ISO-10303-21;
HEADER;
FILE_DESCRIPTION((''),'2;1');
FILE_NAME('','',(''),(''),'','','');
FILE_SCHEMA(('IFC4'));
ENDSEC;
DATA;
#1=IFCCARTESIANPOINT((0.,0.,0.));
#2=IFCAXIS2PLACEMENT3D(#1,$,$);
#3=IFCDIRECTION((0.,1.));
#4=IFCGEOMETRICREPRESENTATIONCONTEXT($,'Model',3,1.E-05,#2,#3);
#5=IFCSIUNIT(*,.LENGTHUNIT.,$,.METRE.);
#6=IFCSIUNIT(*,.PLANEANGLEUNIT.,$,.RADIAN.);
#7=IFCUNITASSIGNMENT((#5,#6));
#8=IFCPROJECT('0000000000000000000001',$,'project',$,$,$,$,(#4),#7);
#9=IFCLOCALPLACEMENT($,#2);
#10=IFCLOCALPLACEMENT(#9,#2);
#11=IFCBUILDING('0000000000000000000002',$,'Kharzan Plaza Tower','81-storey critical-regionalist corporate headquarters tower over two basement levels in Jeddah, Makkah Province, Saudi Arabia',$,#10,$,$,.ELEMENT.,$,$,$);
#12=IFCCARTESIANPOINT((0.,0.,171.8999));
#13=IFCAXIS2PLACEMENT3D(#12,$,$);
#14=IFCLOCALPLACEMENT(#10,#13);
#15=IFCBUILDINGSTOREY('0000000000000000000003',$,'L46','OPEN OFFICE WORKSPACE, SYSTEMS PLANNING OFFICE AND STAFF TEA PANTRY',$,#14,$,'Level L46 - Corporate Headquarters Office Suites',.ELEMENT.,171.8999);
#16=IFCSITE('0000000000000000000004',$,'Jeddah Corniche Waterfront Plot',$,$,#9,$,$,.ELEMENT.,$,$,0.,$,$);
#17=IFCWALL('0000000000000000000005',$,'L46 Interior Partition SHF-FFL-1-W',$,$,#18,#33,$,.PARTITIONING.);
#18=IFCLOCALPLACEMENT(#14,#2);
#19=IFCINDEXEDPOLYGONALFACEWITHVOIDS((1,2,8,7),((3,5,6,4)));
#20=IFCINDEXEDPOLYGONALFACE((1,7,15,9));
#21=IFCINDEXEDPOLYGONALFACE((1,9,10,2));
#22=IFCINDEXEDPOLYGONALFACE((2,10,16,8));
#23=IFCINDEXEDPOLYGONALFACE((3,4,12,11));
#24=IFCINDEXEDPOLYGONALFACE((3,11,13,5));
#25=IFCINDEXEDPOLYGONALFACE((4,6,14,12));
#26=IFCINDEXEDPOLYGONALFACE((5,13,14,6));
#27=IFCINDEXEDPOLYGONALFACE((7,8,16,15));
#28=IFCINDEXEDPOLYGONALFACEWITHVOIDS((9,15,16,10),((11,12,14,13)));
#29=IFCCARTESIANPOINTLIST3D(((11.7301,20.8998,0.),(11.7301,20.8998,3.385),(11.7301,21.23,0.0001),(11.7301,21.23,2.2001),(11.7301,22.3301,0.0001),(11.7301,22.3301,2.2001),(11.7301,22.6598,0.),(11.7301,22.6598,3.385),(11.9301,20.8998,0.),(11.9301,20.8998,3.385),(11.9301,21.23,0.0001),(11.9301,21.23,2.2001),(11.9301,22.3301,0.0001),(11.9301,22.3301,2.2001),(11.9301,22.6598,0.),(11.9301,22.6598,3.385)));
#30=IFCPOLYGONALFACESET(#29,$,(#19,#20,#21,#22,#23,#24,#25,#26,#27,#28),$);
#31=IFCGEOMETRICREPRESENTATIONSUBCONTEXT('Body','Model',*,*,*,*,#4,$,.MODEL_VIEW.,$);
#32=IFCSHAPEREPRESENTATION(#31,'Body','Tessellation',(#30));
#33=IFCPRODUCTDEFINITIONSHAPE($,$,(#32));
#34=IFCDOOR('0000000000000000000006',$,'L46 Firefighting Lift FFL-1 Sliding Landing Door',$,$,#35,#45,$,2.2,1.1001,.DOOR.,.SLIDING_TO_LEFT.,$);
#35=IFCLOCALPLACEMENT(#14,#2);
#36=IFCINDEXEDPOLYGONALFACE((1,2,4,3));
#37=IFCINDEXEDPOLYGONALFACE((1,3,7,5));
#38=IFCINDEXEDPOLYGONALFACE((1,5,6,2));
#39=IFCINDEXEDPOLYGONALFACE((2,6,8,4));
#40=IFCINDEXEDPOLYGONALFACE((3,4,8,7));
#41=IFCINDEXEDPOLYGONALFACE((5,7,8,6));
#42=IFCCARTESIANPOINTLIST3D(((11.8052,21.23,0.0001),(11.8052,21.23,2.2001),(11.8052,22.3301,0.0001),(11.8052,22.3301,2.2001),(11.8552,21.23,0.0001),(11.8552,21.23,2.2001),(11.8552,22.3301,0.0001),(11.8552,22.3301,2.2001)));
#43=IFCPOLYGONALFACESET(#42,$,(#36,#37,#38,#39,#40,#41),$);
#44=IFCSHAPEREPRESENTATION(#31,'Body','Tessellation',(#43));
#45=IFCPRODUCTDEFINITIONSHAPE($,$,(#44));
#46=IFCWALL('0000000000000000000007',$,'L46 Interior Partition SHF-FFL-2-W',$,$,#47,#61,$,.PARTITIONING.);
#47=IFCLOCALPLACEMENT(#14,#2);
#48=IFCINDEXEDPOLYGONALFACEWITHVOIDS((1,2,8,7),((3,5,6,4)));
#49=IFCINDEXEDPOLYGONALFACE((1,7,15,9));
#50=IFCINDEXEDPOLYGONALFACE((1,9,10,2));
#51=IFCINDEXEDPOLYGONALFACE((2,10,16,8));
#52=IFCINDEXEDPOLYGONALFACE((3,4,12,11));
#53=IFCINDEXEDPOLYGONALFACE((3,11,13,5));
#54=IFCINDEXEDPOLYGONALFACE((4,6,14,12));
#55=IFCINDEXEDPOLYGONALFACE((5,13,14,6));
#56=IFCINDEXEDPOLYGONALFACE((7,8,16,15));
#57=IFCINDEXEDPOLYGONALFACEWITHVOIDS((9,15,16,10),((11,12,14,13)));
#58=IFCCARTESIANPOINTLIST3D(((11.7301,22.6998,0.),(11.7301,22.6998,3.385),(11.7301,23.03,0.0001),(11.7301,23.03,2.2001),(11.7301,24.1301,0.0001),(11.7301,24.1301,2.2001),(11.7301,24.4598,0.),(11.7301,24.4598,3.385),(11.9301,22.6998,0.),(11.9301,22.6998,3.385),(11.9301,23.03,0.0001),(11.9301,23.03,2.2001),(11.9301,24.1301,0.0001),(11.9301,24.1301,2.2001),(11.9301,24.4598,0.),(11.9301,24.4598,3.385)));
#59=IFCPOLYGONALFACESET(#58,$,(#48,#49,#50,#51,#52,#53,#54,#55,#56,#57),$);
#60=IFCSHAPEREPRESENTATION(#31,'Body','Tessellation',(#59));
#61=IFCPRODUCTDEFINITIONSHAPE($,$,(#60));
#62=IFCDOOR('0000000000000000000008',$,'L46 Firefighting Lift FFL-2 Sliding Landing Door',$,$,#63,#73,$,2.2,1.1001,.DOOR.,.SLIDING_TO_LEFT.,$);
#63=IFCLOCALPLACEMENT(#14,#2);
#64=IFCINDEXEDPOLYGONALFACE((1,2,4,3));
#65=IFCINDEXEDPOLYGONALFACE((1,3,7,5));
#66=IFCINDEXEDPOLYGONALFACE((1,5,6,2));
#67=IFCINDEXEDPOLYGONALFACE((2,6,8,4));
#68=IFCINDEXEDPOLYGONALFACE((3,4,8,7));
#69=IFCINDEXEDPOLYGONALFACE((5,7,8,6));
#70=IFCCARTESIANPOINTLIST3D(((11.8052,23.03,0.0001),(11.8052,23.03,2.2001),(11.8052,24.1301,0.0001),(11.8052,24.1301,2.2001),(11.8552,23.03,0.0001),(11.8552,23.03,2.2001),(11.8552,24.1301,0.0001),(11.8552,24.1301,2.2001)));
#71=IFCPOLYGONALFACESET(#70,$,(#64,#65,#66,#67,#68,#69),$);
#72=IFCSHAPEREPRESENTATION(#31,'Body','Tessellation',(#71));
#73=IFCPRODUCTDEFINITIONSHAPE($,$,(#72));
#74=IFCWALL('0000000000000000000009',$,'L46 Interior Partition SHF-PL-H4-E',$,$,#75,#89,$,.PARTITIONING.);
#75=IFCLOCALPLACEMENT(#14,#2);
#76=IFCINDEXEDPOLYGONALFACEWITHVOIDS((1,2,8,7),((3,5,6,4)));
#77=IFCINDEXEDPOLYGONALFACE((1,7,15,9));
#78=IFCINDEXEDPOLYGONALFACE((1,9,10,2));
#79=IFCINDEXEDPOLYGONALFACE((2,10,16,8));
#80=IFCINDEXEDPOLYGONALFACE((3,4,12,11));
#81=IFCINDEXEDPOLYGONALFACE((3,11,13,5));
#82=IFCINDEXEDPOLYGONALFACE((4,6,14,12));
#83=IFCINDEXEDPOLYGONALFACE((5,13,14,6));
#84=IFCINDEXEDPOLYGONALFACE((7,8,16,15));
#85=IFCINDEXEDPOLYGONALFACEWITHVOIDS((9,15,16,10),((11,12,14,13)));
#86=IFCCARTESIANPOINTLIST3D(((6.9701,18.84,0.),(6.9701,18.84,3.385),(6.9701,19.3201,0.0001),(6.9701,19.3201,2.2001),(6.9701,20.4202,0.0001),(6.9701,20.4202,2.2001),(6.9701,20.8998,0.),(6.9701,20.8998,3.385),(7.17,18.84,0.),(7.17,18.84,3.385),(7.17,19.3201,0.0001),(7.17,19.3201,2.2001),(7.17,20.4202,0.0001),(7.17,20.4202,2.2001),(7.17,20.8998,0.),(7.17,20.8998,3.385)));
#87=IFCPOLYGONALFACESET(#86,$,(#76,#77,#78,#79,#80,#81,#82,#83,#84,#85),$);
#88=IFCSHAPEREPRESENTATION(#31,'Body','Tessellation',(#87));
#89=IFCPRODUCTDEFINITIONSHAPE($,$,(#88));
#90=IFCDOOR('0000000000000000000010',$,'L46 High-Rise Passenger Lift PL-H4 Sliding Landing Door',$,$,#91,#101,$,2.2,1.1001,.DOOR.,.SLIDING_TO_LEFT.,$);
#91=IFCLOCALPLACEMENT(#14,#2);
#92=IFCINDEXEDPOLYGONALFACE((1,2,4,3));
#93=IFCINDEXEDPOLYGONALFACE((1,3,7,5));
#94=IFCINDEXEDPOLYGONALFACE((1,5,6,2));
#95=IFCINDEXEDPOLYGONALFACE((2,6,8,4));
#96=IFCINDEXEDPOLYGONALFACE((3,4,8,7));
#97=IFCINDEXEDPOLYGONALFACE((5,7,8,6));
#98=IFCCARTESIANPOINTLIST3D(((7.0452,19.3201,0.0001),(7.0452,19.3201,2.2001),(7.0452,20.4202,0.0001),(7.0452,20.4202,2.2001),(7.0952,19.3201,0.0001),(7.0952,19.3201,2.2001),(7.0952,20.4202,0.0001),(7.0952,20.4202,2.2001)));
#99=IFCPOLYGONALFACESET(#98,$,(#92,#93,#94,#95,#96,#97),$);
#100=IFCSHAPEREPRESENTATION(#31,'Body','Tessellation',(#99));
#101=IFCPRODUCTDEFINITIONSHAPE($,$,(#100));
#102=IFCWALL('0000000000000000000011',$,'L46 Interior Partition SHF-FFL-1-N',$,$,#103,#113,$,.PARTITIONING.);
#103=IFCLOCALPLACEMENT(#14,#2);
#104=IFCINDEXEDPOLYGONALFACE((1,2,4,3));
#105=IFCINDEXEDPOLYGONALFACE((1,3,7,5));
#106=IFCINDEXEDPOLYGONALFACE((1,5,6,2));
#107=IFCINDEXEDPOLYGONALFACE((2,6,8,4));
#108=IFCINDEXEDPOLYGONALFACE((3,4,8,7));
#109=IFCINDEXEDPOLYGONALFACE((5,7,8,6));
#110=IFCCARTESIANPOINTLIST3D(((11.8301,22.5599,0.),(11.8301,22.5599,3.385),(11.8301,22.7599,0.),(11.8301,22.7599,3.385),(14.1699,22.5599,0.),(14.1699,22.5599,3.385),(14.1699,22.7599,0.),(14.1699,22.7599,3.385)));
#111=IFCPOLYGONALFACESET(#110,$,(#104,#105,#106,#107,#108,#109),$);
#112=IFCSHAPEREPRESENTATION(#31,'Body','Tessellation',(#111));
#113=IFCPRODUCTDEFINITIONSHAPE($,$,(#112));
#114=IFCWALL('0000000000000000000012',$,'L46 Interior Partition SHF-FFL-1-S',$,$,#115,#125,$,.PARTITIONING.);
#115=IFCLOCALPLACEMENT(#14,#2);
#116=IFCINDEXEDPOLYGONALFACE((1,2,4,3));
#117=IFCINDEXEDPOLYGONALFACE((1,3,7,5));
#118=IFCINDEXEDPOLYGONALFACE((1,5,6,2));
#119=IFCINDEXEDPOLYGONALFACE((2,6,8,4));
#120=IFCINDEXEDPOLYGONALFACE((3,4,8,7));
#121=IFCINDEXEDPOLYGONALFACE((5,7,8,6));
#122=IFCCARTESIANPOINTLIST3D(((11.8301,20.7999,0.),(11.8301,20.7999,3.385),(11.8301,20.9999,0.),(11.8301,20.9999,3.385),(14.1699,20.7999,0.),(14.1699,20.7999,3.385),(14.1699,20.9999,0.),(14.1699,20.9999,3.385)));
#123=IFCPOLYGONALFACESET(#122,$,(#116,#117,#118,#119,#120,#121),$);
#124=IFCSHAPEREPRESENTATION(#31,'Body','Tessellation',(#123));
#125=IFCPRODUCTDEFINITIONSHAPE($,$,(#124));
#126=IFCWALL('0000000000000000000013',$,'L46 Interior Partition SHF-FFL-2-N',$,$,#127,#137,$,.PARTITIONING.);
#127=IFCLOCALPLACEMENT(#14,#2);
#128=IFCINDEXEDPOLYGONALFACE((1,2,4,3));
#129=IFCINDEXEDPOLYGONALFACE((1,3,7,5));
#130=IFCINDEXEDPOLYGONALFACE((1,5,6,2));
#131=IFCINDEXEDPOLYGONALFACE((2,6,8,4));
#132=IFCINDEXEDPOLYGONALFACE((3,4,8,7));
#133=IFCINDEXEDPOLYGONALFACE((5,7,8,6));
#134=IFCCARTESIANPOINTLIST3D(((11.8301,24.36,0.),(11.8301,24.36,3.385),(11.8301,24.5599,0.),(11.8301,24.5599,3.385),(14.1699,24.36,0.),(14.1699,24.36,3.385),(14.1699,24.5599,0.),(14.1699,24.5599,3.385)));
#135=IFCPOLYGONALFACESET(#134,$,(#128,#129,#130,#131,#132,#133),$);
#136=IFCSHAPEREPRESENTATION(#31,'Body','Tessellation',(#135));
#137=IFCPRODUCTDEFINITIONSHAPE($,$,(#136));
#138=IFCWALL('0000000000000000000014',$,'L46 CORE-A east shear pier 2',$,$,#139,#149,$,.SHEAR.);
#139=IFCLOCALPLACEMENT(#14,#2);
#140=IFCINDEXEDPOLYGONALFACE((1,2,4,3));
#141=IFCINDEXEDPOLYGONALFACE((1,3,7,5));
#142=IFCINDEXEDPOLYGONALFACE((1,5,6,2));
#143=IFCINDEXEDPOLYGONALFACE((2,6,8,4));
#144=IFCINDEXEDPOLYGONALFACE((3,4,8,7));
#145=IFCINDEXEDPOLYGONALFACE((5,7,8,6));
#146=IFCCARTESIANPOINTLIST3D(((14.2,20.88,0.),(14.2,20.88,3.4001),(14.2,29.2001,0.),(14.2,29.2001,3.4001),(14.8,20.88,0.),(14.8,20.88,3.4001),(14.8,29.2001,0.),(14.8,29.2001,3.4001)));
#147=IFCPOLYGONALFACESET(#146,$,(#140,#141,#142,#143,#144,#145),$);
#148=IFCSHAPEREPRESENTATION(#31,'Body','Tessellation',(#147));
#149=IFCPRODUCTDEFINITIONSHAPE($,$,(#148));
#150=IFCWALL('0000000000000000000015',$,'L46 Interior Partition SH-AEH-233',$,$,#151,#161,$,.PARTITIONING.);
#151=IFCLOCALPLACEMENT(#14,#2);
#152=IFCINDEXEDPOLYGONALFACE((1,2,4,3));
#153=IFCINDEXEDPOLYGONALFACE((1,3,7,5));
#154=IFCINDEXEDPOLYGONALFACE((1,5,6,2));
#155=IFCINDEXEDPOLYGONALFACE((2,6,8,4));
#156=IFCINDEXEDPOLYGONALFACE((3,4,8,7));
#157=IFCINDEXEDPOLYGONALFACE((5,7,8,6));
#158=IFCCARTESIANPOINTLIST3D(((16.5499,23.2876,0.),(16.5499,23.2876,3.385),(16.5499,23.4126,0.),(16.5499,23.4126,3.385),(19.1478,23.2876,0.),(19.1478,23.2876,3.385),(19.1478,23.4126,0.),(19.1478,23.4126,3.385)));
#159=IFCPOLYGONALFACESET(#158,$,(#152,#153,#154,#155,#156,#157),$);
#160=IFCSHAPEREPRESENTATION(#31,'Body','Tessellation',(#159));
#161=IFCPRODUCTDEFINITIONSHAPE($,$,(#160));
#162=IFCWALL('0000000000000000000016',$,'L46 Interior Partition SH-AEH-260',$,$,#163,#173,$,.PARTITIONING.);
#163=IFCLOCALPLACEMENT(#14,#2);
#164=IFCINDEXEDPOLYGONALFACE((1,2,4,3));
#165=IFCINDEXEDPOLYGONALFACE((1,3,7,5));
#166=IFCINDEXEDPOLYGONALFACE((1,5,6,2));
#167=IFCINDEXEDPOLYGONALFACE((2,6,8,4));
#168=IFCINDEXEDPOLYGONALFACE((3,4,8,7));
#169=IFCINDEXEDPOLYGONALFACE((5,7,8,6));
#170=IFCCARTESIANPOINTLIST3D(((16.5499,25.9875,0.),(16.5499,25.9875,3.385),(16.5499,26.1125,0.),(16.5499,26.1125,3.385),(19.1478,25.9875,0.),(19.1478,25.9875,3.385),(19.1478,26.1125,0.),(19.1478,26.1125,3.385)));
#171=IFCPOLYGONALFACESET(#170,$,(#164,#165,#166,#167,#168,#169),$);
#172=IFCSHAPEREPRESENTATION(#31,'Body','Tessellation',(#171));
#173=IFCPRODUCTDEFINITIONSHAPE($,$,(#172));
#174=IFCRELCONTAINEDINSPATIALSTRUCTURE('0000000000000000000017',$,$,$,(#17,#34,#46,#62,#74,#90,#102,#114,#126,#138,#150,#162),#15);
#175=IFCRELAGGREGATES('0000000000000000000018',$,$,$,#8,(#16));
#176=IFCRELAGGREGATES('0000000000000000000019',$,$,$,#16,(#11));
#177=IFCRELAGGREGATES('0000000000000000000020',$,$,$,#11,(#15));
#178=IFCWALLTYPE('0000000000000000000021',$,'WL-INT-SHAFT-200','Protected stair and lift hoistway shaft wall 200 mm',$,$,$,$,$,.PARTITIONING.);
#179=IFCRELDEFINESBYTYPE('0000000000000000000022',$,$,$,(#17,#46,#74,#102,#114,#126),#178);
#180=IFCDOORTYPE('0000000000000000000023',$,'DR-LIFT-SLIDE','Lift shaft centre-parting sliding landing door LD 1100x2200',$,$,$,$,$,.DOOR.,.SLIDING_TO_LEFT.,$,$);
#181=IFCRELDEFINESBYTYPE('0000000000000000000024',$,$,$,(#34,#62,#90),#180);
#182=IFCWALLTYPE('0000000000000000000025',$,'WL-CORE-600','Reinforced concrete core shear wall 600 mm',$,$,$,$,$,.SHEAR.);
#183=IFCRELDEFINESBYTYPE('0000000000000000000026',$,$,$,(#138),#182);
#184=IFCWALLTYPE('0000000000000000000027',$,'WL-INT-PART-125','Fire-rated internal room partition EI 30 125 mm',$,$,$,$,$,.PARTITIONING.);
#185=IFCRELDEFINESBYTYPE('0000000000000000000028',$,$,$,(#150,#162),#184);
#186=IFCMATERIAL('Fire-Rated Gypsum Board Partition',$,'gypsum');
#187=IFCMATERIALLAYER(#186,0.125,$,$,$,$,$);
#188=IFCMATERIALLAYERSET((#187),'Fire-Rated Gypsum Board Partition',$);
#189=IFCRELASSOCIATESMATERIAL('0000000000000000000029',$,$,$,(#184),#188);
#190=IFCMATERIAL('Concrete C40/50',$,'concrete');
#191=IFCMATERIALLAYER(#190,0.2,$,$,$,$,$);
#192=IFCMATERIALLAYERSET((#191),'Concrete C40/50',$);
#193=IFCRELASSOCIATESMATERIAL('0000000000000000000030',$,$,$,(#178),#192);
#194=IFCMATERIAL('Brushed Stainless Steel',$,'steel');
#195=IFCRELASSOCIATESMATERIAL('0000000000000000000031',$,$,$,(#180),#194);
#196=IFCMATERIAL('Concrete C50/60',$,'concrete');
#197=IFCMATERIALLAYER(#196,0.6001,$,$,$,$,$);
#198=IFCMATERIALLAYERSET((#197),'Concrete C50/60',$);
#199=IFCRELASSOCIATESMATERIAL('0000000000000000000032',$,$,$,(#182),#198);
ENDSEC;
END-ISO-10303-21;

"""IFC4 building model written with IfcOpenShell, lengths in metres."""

from ifc_helpers import new_model, si_unit, direction, frame, frame_2d, origin, place, context, subcontext, project, spatial, rectangle, extrude, source, transform, mapped, material, layer, layer_set, type_object, element, fill, save


model = new_model("IFC4")

# Units and contexts
model_context = context("Model", 3, precision=1e-05, world=origin(), true_north=direction((0.0, 1.0)))
body_context = subcontext(model_context, "Body", "Model", "MODEL_VIEW")
ifc_project = project(units=[si_unit("LENGTHUNIT", "METRE"), si_unit("PLANEANGLEUNIT", "RADIAN")], contexts=[model_context])

# Site, building, storey
site_placement = place(None, origin())
site = spatial("IfcSite", under=ifc_project, at=site_placement, Name="Jeddah Corniche Waterfront Plot", CompositionType="ELEMENT", RefElevation=0.0)
building_placement = place(site_placement, origin())
building = spatial("IfcBuilding", under=site, at=building_placement, Name="Kharzan Plaza Tower", Description="81-storey critical-regionalist corporate headquarters tower over two basement levels in Jeddah, Makkah Province, Saudi Arabia", CompositionType="ELEMENT")
storey_placement = place(building_placement, frame((0.0, 0.0, 171.8999)))
storey = spatial("IfcBuildingStorey", under=building, at=storey_placement, Name="L46", Description="OPEN OFFICE WORKSPACE, SYSTEMS PLANNING OFFICE AND STAFF TEA PANTRY", LongName="Level L46 - Corporate Headquarters Office Suites", CompositionType="ELEMENT", Elevation=171.8999)

# Walls, openings, doors
ifc_material_1 = material(Name="Concrete C40/50", Category="concrete")
ifc_material_2 = material(Name="Fire-Rated Gypsum Board Partition", Category="gypsum")
ifc_layer_1 = layer(ifc_material_2, 0.125)
ifc_layer_set_1 = layer_set([ifc_layer_1], Name="Fire-Rated Gypsum Board Partition")
wall_type_1 = type_object("IfcWallType", Name="WL-INT-PART-125", Description="Fire-rated internal room partition EI 30 125 mm", PredefinedType="PARTITIONING", material=ifc_layer_set_1)
ifc_layer_2 = layer(ifc_material_1, 0.2)
ifc_layer_set_2 = layer_set([ifc_layer_2], Name="Concrete C40/50")
wall_type_2 = type_object("IfcWallType", Name="WL-INT-SHAFT-200", Description="Protected stair and lift hoistway shaft wall 200 mm", PredefinedType="PARTITIONING", material=ifc_layer_set_2)
wall_1_placement = place(storey_placement, frame((11.8301, 20.8999, 0.0), z_axis=(0.0, 0.0, 1.0), x_axis=(0.0, 1.0, 0.0)))
wall_1 = element("IfcWall", 1, at=wall_1_placement, inside=storey, type_object=wall_type_2, Name="L46 Interior Partition SHF-FFL-1-W", PredefinedType="PARTITIONING", context=body_context, shape_type="SweptSolid", body=[
    extrude(rectangle(XDim=1.76, YDim=0.2, at=frame_2d((0.8799, 0.0))), origin(), (0.0, 0.0, 1.0), 3.385),
])
opening_1_placement = place(wall_1_placement, frame((0.3301, 0.0, 0.0)))
opening_1 = element("IfcOpeningElement", 2, at=opening_1_placement, cuts=wall_1, PredefinedType="OPENING", context=body_context, shape_type="SweptSolid", body=[
    extrude(rectangle(XDim=1.1001, YDim=2.2, at=frame_2d((0.55, 1.1001))), frame((0.0, 0.1099, 0.0), z_axis=(0.0, -1.0, 0.0), x_axis=(1.0, 0.0, 0.0)), (0.0, 0.0, 1.0), 0.22),
])
ifc_material_3 = material(Name="Brushed Stainless Steel", Category="steel")
door_type_1 = type_object("IfcDoorType", Name="DR-LIFT-SLIDE", Description="Lift shaft centre-parting sliding landing door LD 1100x2200", OperationType="SLIDING_TO_LEFT", PredefinedType="DOOR", material=ifc_material_3)
shared_shape_1 = source(origin(), body_context, "Body", "SweptSolid", [
    extrude(rectangle(XDim=1.1001, YDim=2.2, at=frame_2d((0.55, 1.1001))), frame((0.0, 0.0249, 0.0), z_axis=(0.0, -1.0, 0.0), x_axis=(1.0, 0.0, 0.0)), (0.0, 0.0, 1.0), 0.05),
])
door_1_placement = place(opening_1_placement, origin())
door_1 = element("IfcDoor", 3, at=door_1_placement, inside=storey, type_object=door_type_1, Name="L46 Firefighting Lift FFL-1 Sliding Landing Door", OperationType="SLIDING_TO_LEFT", OverallHeight=2.2, OverallWidth=1.1001, PredefinedType="DOOR", context=body_context, shape_type="MappedRepresentation", body=[
    mapped(shared_shape_1, transform((0.0, 0.0, 0.0), x_axis=(1.0, 0.0, 0.0), y_axis=(0.0, 1.0, 0.0), z_axis=(0.0, 0.0, 1.0))),
])
fill(opening_1, door_1)
wall_2_placement = place(storey_placement, frame((11.8301, 22.7, 0.0), z_axis=(0.0, 0.0, 1.0), x_axis=(0.0, 1.0, 0.0)))
wall_2 = element("IfcWall", 4, at=wall_2_placement, inside=storey, type_object=wall_type_2, Name="L46 Interior Partition SHF-FFL-2-W", PredefinedType="PARTITIONING", context=body_context, shape_type="SweptSolid", body=[
    extrude(rectangle(XDim=1.76, YDim=0.2, at=frame_2d((0.8799, 0.0))), origin(), (0.0, 0.0, 1.0), 3.385),
])
opening_2_placement = place(wall_2_placement, frame((0.3301, 0.0, 0.0)))
opening_2 = element("IfcOpeningElement", 5, at=opening_2_placement, cuts=wall_2, PredefinedType="OPENING", context=body_context, shape_type="SweptSolid", body=[
    extrude(rectangle(XDim=1.1001, YDim=2.2, at=frame_2d((0.55, 1.1001))), frame((0.0, 0.1099, 0.0), z_axis=(0.0, -1.0, 0.0), x_axis=(1.0, 0.0, 0.0)), (0.0, 0.0, 1.0), 0.22),
])
door_2_placement = place(opening_2_placement, origin())
door_2 = element("IfcDoor", 6, at=door_2_placement, inside=storey, type_object=door_type_1, Name="L46 Firefighting Lift FFL-2 Sliding Landing Door", OperationType="SLIDING_TO_LEFT", OverallHeight=2.2, OverallWidth=1.1001, PredefinedType="DOOR", context=body_context, shape_type="MappedRepresentation", body=[
    mapped(shared_shape_1, transform((0.0, 0.0, 0.0), x_axis=(1.0, 0.0, 0.0), y_axis=(0.0, 1.0, 0.0), z_axis=(0.0, 0.0, 1.0))),
])
fill(opening_2, door_2)
wall_3_placement = place(storey_placement, frame((7.0701, 18.8401, 0.0), z_axis=(0.0, 0.0, 1.0), x_axis=(0.0, 1.0, 0.0)))
wall_3 = element("IfcWall", 7, at=wall_3_placement, inside=storey, type_object=wall_type_2, Name="L46 Interior Partition SHF-PL-H4-E", PredefinedType="PARTITIONING", context=body_context, shape_type="SweptSolid", body=[
    extrude(rectangle(XDim=2.0598, YDim=0.2, at=frame_2d((1.0298, 0.0))), origin(), (0.0, 0.0, 1.0), 3.385),
])
opening_3_placement = place(wall_3_placement, frame((0.48, 0.0, 0.0)))
opening_3 = element("IfcOpeningElement", 8, at=opening_3_placement, cuts=wall_3, PredefinedType="OPENING", context=body_context, shape_type="SweptSolid", body=[
    extrude(rectangle(XDim=1.1001, YDim=2.2, at=frame_2d((0.55, 1.1001))), frame((0.0, 0.1099, 0.0), z_axis=(0.0, -1.0, 0.0), x_axis=(1.0, 0.0, 0.0)), (0.0, 0.0, 1.0), 0.22),
])
door_3_placement = place(opening_3_placement, origin())
door_3 = element("IfcDoor", 9, at=door_3_placement, inside=storey, type_object=door_type_1, Name="L46 High-Rise Passenger Lift PL-H4 Sliding Landing Door", OperationType="SLIDING_TO_LEFT", OverallHeight=2.2, OverallWidth=1.1001, PredefinedType="DOOR", context=body_context, shape_type="MappedRepresentation", body=[
    mapped(shared_shape_1, transform((0.0, 0.0, 0.0), x_axis=(1.0, 0.0, 0.0), y_axis=(0.0, 1.0, 0.0), z_axis=(0.0, 0.0, 1.0))),
])
fill(opening_3, door_3)

# Walls
shared_shape_2 = source(origin(), body_context, "Body", "SweptSolid", [
    extrude(rectangle(XDim=2.3398, YDim=0.2, at=frame_2d((1.1699, 0.0))), origin(), (0.0, 0.0, 1.0), 3.385),
])
for number, where, z_axis, x_axis, name in (
    (10, (11.8301, 22.6599, 0.0), (0.0, 0.0, 1.0), (1.0, 0.0, 0.0), "L46 Interior Partition SHF-FFL-1-N"),
    (11, (11.8301, 20.8999, 0.0), (0.0, 0.0, 1.0), (1.0, 0.0, 0.0), "L46 Interior Partition SHF-FFL-1-S"),
    (12, (11.8301, 24.46, 0.0), (0.0, 0.0, 1.0), (1.0, 0.0, 0.0), "L46 Interior Partition SHF-FFL-2-N"),
):
    element("IfcWall", number, at=place(storey_placement, frame(where, z_axis=z_axis, x_axis=x_axis)), inside=storey, type_object=wall_type_2, Name=name, PredefinedType="PARTITIONING", context=body_context, shape_type="MappedRepresentation", body=[
        mapped(shared_shape_2, transform((0.0, 0.0, 0.0), x_axis=(1.0, 0.0, 0.0), y_axis=(0.0, 1.0, 0.0), z_axis=(0.0, 0.0, 1.0))),
    ])
ifc_material_4 = material(Name="Concrete C50/60", Category="concrete")
ifc_layer_3 = layer(ifc_material_4, 0.6001)
ifc_layer_set_3 = layer_set([ifc_layer_3], Name="Concrete C50/60")
wall_type_3 = type_object("IfcWallType", Name="WL-CORE-600", Description="Reinforced concrete core shear wall 600 mm", PredefinedType="SHEAR", material=ifc_layer_set_3)
shared_shape_3 = source(origin(), body_context, "Body", "SweptSolid", [
    extrude(rectangle(XDim=8.3201, YDim=0.6001, at=frame_2d((4.1602, 0.0))), origin(), (0.0, 0.0, 1.0), 3.4001),
])
wall_4_placement = place(storey_placement, frame((14.5, 20.8799, 0.0), z_axis=(0.0, 0.0, 1.0), x_axis=(0.0, 1.0, 0.0)))
element("IfcWall", 13, at=wall_4_placement, inside=storey, type_object=wall_type_3, Name="L46 CORE-A east shear pier 2", PredefinedType="SHEAR", context=body_context, shape_type="MappedRepresentation", body=[
    mapped(shared_shape_3, transform((0.0, 0.0, 0.0), x_axis=(1.0, 0.0, 0.0), y_axis=(0.0, 1.0, 0.0), z_axis=(0.0, 0.0, 1.0))),
])
shared_shape_4 = source(origin(), body_context, "Body", "SweptSolid", [
    extrude(rectangle(XDim=2.5979, YDim=0.125, at=frame_2d((1.2988, 0.0))), origin(), (0.0, 0.0, 1.0), 3.385),
])
for number, where, z_axis, x_axis, name in (
    (14, (16.55, 23.3501, 0.0), (0.0, 0.0, 1.0), (1.0, 0.0, 0.0), "L46 Interior Partition SH-AEH-233"),
    (15, (16.55, 26.05, 0.0), (0.0, 0.0, 1.0), (1.0, 0.0, 0.0), "L46 Interior Partition SH-AEH-260"),
):
    element("IfcWall", number, at=place(storey_placement, frame(where, z_axis=z_axis, x_axis=x_axis)), inside=storey, type_object=wall_type_1, Name=name, PredefinedType="PARTITIONING", context=body_context, shape_type="MappedRepresentation", body=[
        mapped(shared_shape_4, transform((0.0, 0.0, 0.0), x_axis=(1.0, 0.0, 0.0), y_axis=(0.0, 1.0, 0.0), z_axis=(0.0, 0.0, 1.0))),
    ])

save(model, "model.ifc")
